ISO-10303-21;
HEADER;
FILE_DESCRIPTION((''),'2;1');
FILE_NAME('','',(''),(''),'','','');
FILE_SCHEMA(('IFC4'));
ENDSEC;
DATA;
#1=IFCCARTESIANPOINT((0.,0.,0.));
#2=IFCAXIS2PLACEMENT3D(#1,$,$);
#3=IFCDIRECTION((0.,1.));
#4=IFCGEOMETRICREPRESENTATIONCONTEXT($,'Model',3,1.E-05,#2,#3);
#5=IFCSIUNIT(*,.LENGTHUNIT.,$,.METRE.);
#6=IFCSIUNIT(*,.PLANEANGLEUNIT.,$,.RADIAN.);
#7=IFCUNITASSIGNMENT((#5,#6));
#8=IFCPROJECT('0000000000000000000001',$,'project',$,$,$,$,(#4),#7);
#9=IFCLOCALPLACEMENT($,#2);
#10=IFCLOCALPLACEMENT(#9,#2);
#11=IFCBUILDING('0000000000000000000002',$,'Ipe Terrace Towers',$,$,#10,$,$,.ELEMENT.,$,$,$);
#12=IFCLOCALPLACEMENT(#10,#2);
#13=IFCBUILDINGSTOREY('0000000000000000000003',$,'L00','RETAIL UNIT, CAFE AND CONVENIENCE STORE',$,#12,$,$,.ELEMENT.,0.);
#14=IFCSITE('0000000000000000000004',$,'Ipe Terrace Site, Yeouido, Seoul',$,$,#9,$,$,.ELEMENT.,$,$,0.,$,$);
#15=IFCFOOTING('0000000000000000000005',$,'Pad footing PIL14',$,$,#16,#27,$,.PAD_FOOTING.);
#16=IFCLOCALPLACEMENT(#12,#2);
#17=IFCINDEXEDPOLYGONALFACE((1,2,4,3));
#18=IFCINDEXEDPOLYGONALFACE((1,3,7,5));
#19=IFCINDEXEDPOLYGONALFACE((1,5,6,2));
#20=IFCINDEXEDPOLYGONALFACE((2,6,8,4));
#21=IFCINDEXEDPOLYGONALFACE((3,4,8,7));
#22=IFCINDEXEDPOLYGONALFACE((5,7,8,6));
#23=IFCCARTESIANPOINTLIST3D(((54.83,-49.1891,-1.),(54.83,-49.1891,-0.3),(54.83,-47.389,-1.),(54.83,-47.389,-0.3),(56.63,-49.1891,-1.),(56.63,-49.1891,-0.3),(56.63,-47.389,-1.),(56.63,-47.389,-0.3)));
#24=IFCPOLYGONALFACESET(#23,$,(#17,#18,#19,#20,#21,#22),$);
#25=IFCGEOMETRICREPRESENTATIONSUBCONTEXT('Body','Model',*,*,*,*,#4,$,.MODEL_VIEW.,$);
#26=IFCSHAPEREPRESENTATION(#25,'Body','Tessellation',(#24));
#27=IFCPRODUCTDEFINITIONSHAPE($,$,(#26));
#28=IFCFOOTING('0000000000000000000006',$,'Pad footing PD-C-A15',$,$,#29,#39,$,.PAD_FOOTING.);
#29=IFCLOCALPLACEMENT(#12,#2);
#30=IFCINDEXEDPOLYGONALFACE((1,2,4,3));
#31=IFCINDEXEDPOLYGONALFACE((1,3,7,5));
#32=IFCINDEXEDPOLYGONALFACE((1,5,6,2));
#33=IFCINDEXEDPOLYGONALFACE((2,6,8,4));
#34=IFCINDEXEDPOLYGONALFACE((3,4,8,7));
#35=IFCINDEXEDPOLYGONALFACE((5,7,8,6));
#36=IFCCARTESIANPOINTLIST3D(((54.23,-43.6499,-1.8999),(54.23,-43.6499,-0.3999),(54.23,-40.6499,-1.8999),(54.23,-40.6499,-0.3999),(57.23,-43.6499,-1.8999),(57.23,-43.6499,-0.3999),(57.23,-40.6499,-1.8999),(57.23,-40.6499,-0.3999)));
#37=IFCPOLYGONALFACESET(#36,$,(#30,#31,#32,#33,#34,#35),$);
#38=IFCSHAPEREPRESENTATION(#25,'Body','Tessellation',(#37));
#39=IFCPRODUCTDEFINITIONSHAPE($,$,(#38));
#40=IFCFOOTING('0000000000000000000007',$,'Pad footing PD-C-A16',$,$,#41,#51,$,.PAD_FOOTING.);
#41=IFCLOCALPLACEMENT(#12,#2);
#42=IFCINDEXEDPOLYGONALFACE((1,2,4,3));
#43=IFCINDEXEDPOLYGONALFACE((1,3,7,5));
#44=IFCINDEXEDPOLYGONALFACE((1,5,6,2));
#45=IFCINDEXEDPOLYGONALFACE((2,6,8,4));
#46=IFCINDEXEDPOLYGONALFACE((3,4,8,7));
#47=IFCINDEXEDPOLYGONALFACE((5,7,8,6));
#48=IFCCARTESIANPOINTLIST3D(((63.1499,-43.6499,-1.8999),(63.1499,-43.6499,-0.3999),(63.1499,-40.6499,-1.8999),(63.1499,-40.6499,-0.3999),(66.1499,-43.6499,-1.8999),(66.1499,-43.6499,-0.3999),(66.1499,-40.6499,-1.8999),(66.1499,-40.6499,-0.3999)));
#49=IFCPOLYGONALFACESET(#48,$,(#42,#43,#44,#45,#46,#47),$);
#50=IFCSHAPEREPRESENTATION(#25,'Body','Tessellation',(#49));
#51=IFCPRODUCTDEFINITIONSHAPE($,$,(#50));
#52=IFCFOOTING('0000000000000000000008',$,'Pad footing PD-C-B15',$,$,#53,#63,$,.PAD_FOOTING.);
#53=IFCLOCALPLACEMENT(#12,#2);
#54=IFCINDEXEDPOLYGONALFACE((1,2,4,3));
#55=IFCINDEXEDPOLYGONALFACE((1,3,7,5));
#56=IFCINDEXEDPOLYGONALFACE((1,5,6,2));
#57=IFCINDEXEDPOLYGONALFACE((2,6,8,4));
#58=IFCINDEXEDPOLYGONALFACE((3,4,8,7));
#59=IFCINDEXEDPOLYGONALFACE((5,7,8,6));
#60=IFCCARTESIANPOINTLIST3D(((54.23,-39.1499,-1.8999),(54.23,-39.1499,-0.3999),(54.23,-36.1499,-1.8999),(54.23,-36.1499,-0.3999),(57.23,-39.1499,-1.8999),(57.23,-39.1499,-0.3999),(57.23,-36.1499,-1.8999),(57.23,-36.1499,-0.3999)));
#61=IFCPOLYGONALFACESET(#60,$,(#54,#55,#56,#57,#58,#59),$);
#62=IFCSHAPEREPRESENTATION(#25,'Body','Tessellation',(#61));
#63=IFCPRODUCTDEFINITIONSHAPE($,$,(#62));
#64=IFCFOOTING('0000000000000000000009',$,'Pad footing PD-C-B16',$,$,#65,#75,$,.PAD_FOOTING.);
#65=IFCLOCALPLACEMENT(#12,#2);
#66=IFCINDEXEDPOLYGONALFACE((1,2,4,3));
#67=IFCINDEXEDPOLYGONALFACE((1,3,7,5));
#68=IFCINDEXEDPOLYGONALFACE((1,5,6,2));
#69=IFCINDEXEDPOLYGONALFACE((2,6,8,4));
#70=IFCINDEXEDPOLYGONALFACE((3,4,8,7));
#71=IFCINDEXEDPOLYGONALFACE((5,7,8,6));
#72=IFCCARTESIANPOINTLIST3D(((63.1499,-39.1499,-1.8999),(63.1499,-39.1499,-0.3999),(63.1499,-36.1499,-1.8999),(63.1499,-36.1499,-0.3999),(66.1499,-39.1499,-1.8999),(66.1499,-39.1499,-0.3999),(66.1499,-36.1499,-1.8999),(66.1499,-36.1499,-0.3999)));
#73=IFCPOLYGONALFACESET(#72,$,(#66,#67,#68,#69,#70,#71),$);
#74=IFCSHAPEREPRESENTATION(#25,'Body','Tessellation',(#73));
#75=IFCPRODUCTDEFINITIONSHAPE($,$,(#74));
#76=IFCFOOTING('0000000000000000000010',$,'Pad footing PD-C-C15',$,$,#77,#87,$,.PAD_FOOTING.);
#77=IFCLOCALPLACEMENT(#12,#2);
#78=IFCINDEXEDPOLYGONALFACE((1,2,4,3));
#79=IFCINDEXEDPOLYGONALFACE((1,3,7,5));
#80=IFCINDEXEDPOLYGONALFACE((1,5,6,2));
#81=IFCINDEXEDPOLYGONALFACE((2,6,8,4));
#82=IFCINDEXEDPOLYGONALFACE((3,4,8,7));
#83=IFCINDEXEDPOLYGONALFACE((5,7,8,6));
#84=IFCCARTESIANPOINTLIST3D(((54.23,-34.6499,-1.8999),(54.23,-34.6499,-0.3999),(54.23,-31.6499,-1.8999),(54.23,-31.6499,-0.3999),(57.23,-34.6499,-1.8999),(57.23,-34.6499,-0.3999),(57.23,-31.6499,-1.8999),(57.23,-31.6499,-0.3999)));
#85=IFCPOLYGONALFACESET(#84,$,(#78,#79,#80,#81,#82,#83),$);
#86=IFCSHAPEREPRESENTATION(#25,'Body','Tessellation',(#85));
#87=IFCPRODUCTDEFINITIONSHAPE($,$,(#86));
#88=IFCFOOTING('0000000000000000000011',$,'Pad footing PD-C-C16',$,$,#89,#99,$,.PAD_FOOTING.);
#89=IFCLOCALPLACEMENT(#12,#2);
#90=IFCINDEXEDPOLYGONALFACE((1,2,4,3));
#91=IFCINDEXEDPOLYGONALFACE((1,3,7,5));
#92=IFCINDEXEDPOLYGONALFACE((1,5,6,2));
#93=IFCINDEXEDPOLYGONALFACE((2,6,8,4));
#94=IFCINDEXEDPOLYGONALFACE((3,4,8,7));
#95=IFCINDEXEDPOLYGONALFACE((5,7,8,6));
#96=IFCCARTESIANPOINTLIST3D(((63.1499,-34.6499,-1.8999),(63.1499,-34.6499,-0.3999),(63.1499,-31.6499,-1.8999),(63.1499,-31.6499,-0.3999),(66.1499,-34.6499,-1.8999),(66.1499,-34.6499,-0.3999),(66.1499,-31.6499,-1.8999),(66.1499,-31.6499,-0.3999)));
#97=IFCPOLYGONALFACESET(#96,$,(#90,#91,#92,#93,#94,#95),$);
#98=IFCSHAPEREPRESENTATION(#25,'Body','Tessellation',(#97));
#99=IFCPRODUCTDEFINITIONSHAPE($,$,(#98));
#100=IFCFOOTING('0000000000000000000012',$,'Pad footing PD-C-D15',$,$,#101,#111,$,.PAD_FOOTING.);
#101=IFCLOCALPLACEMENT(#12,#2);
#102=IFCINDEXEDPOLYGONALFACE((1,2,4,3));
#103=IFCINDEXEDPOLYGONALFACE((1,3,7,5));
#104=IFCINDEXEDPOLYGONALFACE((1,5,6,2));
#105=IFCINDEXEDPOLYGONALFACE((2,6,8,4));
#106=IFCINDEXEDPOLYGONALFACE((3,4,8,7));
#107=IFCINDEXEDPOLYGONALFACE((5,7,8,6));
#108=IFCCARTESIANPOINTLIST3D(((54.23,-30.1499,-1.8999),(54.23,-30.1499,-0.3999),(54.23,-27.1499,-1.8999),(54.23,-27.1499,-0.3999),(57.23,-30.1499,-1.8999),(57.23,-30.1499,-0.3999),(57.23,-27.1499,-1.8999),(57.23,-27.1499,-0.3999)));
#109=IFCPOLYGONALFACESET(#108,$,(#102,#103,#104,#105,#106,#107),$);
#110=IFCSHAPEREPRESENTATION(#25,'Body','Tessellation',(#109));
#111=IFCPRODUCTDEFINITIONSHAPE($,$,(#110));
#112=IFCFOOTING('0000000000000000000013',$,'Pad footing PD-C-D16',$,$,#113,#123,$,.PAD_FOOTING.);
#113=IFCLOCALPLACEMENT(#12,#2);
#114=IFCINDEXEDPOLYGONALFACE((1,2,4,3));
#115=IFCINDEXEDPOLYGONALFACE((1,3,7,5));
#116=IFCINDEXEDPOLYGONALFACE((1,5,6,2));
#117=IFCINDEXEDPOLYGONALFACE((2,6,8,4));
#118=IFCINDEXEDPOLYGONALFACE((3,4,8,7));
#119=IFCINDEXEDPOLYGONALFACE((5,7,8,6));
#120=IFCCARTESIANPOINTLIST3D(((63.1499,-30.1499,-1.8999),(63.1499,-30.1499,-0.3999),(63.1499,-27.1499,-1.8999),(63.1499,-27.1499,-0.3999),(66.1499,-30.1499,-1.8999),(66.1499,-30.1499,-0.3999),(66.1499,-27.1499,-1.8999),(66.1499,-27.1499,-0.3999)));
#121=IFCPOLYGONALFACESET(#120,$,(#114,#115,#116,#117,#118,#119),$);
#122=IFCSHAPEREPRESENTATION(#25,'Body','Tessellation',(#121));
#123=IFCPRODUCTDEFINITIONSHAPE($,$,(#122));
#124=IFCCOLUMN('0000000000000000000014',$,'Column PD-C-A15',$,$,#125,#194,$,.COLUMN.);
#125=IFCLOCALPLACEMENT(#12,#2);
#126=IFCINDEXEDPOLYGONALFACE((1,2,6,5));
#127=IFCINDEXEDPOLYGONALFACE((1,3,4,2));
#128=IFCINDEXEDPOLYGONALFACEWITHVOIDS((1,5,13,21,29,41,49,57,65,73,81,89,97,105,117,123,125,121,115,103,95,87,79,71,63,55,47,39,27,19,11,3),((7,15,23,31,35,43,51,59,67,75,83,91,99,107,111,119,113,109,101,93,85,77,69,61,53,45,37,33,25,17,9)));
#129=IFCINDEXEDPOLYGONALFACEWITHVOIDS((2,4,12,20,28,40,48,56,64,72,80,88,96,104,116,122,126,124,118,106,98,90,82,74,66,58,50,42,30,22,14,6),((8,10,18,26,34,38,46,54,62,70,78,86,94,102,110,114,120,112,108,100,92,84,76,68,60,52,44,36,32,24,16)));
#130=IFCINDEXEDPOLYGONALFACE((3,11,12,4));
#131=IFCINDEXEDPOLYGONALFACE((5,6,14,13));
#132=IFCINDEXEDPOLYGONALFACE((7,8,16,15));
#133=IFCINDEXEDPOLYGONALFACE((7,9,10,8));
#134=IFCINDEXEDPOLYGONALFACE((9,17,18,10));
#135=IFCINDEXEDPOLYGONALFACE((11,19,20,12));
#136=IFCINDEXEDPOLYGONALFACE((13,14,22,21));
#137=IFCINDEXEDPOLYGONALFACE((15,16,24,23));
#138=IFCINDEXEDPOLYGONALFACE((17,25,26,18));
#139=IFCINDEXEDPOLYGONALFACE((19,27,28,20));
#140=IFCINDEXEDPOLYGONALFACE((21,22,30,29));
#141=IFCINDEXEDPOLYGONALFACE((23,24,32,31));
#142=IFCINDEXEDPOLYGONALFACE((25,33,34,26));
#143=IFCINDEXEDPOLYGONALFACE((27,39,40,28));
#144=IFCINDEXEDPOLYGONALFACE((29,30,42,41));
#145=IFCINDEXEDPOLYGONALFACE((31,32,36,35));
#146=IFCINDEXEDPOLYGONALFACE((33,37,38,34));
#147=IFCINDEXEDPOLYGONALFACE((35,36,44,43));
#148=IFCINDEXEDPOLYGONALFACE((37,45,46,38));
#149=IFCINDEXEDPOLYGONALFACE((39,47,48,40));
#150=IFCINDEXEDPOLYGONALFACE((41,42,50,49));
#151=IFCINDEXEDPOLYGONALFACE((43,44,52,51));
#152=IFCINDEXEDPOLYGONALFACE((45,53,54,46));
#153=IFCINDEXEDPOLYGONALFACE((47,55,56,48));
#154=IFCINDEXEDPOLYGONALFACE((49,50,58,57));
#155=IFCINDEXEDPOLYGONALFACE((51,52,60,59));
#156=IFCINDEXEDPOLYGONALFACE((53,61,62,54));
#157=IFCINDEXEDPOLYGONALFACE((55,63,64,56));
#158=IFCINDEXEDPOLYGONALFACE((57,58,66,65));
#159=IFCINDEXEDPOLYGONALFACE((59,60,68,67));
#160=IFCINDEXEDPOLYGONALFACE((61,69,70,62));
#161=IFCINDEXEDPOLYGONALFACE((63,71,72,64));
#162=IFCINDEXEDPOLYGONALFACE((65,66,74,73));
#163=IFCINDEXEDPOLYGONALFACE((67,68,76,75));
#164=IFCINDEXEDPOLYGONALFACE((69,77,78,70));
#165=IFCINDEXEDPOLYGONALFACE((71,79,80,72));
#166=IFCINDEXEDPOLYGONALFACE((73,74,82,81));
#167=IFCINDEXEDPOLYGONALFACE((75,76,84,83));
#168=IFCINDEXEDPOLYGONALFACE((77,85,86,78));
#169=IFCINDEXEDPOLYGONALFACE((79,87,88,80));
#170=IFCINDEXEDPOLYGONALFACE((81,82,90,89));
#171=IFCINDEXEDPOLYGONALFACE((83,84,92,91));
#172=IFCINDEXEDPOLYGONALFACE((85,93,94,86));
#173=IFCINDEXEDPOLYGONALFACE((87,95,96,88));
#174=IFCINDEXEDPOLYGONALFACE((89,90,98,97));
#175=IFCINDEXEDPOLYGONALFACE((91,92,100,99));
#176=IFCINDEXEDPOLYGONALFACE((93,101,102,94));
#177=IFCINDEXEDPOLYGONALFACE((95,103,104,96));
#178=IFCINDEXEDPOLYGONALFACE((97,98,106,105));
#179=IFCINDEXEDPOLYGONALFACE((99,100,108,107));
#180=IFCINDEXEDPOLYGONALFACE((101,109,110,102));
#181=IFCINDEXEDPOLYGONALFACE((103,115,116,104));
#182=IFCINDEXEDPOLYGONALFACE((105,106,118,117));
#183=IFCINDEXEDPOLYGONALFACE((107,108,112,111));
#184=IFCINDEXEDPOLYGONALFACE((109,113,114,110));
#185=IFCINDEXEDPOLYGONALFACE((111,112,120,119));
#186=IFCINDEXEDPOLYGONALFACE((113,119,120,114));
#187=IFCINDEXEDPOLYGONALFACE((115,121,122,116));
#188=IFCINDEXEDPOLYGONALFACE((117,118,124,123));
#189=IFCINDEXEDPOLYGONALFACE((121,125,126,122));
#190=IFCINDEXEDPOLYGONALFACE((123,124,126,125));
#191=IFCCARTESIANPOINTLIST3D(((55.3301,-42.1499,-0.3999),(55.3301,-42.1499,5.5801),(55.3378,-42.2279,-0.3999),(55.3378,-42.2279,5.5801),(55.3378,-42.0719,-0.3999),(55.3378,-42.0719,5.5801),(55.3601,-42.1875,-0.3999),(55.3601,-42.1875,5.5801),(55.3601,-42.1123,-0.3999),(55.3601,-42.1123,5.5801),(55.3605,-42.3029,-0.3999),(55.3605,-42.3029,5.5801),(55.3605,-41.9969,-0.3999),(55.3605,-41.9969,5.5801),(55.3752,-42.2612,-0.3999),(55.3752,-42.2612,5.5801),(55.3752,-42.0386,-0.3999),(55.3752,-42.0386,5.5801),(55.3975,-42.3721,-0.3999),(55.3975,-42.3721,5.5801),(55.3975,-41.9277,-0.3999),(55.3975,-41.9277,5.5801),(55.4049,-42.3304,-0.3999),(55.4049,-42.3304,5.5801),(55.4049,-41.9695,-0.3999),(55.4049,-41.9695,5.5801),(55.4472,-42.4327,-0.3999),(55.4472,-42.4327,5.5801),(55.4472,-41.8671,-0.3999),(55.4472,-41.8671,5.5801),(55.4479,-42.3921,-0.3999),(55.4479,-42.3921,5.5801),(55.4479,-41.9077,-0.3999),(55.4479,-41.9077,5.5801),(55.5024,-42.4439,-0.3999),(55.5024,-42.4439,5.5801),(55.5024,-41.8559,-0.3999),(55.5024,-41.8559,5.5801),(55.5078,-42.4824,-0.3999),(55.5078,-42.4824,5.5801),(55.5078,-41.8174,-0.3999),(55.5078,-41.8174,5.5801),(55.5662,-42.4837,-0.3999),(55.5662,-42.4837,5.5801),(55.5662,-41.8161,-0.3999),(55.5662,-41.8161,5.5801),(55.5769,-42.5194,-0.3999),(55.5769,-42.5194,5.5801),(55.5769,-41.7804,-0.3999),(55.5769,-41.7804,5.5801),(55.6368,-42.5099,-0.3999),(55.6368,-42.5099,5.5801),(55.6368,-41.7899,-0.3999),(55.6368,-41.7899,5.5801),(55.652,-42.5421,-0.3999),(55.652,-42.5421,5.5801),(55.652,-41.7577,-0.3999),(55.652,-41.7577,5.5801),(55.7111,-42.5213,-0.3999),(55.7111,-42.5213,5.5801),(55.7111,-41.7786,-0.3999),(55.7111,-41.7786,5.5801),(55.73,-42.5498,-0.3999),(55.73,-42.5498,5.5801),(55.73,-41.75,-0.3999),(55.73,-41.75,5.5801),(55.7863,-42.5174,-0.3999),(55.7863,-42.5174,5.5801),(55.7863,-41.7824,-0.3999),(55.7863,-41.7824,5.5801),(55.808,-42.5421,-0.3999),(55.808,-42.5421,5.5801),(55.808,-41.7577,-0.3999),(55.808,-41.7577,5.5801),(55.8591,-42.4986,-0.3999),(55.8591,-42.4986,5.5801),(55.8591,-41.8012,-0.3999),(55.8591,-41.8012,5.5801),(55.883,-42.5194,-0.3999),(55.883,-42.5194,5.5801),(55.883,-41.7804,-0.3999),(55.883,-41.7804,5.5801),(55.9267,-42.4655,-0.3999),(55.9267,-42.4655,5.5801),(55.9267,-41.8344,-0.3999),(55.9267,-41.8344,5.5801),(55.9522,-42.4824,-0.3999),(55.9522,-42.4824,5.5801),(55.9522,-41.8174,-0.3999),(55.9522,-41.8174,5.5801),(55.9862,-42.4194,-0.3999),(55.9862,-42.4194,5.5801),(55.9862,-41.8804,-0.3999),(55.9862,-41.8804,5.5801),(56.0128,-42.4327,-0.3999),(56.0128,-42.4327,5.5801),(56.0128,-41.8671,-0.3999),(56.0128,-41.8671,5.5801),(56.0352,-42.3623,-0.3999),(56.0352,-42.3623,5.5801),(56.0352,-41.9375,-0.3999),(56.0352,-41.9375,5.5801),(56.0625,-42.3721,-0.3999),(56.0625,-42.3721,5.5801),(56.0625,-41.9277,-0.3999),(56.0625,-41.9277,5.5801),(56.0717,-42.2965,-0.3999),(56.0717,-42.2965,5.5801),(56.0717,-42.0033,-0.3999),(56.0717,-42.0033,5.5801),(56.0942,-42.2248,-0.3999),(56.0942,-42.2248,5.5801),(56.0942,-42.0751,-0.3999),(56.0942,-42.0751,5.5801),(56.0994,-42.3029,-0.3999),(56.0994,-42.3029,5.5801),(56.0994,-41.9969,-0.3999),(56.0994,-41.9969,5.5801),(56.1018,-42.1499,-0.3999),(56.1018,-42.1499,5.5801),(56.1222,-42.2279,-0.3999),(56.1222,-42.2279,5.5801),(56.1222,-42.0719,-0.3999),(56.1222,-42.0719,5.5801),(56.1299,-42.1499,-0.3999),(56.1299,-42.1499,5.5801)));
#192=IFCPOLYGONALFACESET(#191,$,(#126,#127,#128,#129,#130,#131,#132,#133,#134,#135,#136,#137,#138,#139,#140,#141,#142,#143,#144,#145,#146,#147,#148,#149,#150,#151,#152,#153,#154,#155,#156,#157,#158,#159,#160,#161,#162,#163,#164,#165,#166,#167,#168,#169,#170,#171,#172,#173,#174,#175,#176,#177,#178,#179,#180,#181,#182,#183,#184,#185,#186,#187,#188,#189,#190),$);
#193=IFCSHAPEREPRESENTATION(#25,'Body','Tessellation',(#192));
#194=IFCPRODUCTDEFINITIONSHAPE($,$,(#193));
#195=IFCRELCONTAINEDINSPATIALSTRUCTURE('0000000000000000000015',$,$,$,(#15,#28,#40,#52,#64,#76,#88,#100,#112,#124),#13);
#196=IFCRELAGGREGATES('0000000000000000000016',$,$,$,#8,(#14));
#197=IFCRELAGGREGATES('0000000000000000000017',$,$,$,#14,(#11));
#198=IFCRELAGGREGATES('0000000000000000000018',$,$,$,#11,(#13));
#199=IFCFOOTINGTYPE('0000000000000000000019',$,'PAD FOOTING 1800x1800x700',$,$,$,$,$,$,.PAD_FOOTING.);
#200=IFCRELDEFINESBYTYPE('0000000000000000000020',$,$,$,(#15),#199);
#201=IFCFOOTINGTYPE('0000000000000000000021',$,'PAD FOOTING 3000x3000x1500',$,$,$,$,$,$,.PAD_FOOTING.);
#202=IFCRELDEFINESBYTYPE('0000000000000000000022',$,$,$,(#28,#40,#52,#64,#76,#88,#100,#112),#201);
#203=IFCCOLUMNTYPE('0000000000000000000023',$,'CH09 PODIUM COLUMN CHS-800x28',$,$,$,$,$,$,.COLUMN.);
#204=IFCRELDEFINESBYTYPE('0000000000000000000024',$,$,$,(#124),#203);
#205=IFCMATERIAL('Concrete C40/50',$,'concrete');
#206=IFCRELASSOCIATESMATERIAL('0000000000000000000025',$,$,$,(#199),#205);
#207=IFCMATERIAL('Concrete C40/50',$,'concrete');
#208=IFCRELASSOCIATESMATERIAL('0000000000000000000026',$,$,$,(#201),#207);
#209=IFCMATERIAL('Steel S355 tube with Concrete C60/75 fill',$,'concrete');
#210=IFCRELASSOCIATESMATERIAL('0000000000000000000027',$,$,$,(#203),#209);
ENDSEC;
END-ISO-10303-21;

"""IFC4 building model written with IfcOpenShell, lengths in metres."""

from ifc_helpers import new_model, si_unit, direction, frame, origin, origin_2d, place, context, subcontext, project, spatial, rectangle, hollow_circle, extrude, material, material_profile, profile_set, type_object, element, save


model = new_model("IFC4")

# Units and contexts
model_context = context("Model", 3, precision=1e-05, world=origin(), true_north=direction((0.0, 1.0)))
body_context = subcontext(model_context, "Body", "Model", "MODEL_VIEW")
ifc_project = project(units=[si_unit("LENGTHUNIT", "METRE"), si_unit("PLANEANGLEUNIT", "RADIAN")], contexts=[model_context])

# Site, building, storey
site_placement = place(None, origin())
site = spatial("IfcSite", under=ifc_project, at=site_placement, Name="Ipe Terrace Site, Yeouido, Seoul", CompositionType="ELEMENT", RefElevation=0.0)
building_placement = place(site_placement, origin())
building = spatial("IfcBuilding", under=site, at=building_placement, Name="Ipe Terrace Towers", CompositionType="ELEMENT")
storey_placement = place(building_placement, origin())
storey = spatial("IfcBuildingStorey", under=building, at=storey_placement, Name="L00", Description="RETAIL UNIT, CAFE AND CONVENIENCE STORE", CompositionType="ELEMENT", Elevation=0.0)

# Footings
ifc_material_1 = material(Name="Concrete C40/50", Category="concrete")
footing_type_1 = type_object("IfcFootingType", Name="PAD FOOTING 1800x1800x700", PredefinedType="PAD_FOOTING", material=ifc_material_1)
footing_placement = place(storey_placement, frame((55.73, -48.2891, -1.0), z_axis=(0.0, 0.0, 1.0), x_axis=(1.0, 0.0, 0.0)))
element("IfcFooting", 1, at=footing_placement, inside=storey, type_object=footing_type_1, Name="Pad footing PIL14", PredefinedType="PAD_FOOTING", context=body_context, shape_type="SweptSolid", body=[
    extrude(rectangle(XDim=1.8, YDim=1.8, at=origin_2d()), origin(), (0.0, 0.0, 1.0), 0.7),
])
ifc_material_2 = material(Name="Concrete C40/50", Category="concrete")
footing_type_2 = type_object("IfcFootingType", Name="PAD FOOTING 3000x3000x1500", PredefinedType="PAD_FOOTING", material=ifc_material_2)
for number, where, z_axis, x_axis, name in (
    (2, (55.73, -42.1499, -1.8999), (0.0, 0.0, 1.0), (1.0, 0.0, 0.0), "Pad footing PD-C-A15"),
    (3, (64.6499, -42.1499, -1.8999), (0.0, 0.0, 1.0), (1.0, 0.0, 0.0), "Pad footing PD-C-A16"),
    (4, (55.73, -37.6499, -1.8999), (0.0, 0.0, 1.0), (1.0, 0.0, 0.0), "Pad footing PD-C-B15"),
    (5, (64.6499, -37.6499, -1.8999), (0.0, 0.0, 1.0), (1.0, 0.0, 0.0), "Pad footing PD-C-B16"),
    (6, (55.73, -33.1499, -1.8999), (0.0, 0.0, 1.0), (1.0, 0.0, 0.0), "Pad footing PD-C-C15"),
    (7, (64.6499, -33.1499, -1.8999), (0.0, 0.0, 1.0), (1.0, 0.0, 0.0), "Pad footing PD-C-C16"),
    (8, (55.73, -28.6499, -1.8999), (0.0, 0.0, 1.0), (1.0, 0.0, 0.0), "Pad footing PD-C-D15"),
    (9, (64.6499, -28.6499, -1.8999), (0.0, 0.0, 1.0), (1.0, 0.0, 0.0), "Pad footing PD-C-D16"),
):
    element("IfcFooting", number, at=place(storey_placement, frame(where, z_axis=z_axis, x_axis=x_axis)), inside=storey, type_object=footing_type_2, Name=name, PredefinedType="PAD_FOOTING", context=body_context, shape_type="SweptSolid", body=[
        extrude(rectangle(XDim=3.0, YDim=3.0, at=origin_2d()), origin(), (0.0, 0.0, 1.0), 1.5),
    ])

# Column
ifc_material_3 = material(Name="Steel S355 tube with Concrete C60/75 fill", Category="concrete")
ifc_material_profile_1 = material_profile(ifc_material_3, hollow_circle(Radius=0.3999, WallThickness=0.0281, at=origin_2d()), Name="CHS-800x28")
ifc_profile_set_1 = profile_set([ifc_material_profile_1], Name="Steel S355 tube with Concrete C60/75 fill")
column_type_1 = type_object("IfcColumnType", Name="CH09 PODIUM COLUMN CHS-800x28", PredefinedType="COLUMN", material=ifc_profile_set_1)
for number, where, z_axis, x_axis, name in (
    (10, (55.73, -42.1499, -0.3999), (0.0, 0.0, 1.0), (1.0, 0.0, 0.0), "Column PD-C-A15"),
):
    element("IfcColumn", number, at=place(storey_placement, frame(where, z_axis=z_axis, x_axis=x_axis)), inside=storey, type_object=column_type_1, Name=name, PredefinedType="COLUMN", context=body_context, shape_type="SweptSolid", body=[
        extrude(hollow_circle(Radius=0.3999, WallThickness=0.0281, at=origin_2d()), origin(), (0.0, 0.0, 1.0), 5.98),
    ])

save(model, "model.ifc")
